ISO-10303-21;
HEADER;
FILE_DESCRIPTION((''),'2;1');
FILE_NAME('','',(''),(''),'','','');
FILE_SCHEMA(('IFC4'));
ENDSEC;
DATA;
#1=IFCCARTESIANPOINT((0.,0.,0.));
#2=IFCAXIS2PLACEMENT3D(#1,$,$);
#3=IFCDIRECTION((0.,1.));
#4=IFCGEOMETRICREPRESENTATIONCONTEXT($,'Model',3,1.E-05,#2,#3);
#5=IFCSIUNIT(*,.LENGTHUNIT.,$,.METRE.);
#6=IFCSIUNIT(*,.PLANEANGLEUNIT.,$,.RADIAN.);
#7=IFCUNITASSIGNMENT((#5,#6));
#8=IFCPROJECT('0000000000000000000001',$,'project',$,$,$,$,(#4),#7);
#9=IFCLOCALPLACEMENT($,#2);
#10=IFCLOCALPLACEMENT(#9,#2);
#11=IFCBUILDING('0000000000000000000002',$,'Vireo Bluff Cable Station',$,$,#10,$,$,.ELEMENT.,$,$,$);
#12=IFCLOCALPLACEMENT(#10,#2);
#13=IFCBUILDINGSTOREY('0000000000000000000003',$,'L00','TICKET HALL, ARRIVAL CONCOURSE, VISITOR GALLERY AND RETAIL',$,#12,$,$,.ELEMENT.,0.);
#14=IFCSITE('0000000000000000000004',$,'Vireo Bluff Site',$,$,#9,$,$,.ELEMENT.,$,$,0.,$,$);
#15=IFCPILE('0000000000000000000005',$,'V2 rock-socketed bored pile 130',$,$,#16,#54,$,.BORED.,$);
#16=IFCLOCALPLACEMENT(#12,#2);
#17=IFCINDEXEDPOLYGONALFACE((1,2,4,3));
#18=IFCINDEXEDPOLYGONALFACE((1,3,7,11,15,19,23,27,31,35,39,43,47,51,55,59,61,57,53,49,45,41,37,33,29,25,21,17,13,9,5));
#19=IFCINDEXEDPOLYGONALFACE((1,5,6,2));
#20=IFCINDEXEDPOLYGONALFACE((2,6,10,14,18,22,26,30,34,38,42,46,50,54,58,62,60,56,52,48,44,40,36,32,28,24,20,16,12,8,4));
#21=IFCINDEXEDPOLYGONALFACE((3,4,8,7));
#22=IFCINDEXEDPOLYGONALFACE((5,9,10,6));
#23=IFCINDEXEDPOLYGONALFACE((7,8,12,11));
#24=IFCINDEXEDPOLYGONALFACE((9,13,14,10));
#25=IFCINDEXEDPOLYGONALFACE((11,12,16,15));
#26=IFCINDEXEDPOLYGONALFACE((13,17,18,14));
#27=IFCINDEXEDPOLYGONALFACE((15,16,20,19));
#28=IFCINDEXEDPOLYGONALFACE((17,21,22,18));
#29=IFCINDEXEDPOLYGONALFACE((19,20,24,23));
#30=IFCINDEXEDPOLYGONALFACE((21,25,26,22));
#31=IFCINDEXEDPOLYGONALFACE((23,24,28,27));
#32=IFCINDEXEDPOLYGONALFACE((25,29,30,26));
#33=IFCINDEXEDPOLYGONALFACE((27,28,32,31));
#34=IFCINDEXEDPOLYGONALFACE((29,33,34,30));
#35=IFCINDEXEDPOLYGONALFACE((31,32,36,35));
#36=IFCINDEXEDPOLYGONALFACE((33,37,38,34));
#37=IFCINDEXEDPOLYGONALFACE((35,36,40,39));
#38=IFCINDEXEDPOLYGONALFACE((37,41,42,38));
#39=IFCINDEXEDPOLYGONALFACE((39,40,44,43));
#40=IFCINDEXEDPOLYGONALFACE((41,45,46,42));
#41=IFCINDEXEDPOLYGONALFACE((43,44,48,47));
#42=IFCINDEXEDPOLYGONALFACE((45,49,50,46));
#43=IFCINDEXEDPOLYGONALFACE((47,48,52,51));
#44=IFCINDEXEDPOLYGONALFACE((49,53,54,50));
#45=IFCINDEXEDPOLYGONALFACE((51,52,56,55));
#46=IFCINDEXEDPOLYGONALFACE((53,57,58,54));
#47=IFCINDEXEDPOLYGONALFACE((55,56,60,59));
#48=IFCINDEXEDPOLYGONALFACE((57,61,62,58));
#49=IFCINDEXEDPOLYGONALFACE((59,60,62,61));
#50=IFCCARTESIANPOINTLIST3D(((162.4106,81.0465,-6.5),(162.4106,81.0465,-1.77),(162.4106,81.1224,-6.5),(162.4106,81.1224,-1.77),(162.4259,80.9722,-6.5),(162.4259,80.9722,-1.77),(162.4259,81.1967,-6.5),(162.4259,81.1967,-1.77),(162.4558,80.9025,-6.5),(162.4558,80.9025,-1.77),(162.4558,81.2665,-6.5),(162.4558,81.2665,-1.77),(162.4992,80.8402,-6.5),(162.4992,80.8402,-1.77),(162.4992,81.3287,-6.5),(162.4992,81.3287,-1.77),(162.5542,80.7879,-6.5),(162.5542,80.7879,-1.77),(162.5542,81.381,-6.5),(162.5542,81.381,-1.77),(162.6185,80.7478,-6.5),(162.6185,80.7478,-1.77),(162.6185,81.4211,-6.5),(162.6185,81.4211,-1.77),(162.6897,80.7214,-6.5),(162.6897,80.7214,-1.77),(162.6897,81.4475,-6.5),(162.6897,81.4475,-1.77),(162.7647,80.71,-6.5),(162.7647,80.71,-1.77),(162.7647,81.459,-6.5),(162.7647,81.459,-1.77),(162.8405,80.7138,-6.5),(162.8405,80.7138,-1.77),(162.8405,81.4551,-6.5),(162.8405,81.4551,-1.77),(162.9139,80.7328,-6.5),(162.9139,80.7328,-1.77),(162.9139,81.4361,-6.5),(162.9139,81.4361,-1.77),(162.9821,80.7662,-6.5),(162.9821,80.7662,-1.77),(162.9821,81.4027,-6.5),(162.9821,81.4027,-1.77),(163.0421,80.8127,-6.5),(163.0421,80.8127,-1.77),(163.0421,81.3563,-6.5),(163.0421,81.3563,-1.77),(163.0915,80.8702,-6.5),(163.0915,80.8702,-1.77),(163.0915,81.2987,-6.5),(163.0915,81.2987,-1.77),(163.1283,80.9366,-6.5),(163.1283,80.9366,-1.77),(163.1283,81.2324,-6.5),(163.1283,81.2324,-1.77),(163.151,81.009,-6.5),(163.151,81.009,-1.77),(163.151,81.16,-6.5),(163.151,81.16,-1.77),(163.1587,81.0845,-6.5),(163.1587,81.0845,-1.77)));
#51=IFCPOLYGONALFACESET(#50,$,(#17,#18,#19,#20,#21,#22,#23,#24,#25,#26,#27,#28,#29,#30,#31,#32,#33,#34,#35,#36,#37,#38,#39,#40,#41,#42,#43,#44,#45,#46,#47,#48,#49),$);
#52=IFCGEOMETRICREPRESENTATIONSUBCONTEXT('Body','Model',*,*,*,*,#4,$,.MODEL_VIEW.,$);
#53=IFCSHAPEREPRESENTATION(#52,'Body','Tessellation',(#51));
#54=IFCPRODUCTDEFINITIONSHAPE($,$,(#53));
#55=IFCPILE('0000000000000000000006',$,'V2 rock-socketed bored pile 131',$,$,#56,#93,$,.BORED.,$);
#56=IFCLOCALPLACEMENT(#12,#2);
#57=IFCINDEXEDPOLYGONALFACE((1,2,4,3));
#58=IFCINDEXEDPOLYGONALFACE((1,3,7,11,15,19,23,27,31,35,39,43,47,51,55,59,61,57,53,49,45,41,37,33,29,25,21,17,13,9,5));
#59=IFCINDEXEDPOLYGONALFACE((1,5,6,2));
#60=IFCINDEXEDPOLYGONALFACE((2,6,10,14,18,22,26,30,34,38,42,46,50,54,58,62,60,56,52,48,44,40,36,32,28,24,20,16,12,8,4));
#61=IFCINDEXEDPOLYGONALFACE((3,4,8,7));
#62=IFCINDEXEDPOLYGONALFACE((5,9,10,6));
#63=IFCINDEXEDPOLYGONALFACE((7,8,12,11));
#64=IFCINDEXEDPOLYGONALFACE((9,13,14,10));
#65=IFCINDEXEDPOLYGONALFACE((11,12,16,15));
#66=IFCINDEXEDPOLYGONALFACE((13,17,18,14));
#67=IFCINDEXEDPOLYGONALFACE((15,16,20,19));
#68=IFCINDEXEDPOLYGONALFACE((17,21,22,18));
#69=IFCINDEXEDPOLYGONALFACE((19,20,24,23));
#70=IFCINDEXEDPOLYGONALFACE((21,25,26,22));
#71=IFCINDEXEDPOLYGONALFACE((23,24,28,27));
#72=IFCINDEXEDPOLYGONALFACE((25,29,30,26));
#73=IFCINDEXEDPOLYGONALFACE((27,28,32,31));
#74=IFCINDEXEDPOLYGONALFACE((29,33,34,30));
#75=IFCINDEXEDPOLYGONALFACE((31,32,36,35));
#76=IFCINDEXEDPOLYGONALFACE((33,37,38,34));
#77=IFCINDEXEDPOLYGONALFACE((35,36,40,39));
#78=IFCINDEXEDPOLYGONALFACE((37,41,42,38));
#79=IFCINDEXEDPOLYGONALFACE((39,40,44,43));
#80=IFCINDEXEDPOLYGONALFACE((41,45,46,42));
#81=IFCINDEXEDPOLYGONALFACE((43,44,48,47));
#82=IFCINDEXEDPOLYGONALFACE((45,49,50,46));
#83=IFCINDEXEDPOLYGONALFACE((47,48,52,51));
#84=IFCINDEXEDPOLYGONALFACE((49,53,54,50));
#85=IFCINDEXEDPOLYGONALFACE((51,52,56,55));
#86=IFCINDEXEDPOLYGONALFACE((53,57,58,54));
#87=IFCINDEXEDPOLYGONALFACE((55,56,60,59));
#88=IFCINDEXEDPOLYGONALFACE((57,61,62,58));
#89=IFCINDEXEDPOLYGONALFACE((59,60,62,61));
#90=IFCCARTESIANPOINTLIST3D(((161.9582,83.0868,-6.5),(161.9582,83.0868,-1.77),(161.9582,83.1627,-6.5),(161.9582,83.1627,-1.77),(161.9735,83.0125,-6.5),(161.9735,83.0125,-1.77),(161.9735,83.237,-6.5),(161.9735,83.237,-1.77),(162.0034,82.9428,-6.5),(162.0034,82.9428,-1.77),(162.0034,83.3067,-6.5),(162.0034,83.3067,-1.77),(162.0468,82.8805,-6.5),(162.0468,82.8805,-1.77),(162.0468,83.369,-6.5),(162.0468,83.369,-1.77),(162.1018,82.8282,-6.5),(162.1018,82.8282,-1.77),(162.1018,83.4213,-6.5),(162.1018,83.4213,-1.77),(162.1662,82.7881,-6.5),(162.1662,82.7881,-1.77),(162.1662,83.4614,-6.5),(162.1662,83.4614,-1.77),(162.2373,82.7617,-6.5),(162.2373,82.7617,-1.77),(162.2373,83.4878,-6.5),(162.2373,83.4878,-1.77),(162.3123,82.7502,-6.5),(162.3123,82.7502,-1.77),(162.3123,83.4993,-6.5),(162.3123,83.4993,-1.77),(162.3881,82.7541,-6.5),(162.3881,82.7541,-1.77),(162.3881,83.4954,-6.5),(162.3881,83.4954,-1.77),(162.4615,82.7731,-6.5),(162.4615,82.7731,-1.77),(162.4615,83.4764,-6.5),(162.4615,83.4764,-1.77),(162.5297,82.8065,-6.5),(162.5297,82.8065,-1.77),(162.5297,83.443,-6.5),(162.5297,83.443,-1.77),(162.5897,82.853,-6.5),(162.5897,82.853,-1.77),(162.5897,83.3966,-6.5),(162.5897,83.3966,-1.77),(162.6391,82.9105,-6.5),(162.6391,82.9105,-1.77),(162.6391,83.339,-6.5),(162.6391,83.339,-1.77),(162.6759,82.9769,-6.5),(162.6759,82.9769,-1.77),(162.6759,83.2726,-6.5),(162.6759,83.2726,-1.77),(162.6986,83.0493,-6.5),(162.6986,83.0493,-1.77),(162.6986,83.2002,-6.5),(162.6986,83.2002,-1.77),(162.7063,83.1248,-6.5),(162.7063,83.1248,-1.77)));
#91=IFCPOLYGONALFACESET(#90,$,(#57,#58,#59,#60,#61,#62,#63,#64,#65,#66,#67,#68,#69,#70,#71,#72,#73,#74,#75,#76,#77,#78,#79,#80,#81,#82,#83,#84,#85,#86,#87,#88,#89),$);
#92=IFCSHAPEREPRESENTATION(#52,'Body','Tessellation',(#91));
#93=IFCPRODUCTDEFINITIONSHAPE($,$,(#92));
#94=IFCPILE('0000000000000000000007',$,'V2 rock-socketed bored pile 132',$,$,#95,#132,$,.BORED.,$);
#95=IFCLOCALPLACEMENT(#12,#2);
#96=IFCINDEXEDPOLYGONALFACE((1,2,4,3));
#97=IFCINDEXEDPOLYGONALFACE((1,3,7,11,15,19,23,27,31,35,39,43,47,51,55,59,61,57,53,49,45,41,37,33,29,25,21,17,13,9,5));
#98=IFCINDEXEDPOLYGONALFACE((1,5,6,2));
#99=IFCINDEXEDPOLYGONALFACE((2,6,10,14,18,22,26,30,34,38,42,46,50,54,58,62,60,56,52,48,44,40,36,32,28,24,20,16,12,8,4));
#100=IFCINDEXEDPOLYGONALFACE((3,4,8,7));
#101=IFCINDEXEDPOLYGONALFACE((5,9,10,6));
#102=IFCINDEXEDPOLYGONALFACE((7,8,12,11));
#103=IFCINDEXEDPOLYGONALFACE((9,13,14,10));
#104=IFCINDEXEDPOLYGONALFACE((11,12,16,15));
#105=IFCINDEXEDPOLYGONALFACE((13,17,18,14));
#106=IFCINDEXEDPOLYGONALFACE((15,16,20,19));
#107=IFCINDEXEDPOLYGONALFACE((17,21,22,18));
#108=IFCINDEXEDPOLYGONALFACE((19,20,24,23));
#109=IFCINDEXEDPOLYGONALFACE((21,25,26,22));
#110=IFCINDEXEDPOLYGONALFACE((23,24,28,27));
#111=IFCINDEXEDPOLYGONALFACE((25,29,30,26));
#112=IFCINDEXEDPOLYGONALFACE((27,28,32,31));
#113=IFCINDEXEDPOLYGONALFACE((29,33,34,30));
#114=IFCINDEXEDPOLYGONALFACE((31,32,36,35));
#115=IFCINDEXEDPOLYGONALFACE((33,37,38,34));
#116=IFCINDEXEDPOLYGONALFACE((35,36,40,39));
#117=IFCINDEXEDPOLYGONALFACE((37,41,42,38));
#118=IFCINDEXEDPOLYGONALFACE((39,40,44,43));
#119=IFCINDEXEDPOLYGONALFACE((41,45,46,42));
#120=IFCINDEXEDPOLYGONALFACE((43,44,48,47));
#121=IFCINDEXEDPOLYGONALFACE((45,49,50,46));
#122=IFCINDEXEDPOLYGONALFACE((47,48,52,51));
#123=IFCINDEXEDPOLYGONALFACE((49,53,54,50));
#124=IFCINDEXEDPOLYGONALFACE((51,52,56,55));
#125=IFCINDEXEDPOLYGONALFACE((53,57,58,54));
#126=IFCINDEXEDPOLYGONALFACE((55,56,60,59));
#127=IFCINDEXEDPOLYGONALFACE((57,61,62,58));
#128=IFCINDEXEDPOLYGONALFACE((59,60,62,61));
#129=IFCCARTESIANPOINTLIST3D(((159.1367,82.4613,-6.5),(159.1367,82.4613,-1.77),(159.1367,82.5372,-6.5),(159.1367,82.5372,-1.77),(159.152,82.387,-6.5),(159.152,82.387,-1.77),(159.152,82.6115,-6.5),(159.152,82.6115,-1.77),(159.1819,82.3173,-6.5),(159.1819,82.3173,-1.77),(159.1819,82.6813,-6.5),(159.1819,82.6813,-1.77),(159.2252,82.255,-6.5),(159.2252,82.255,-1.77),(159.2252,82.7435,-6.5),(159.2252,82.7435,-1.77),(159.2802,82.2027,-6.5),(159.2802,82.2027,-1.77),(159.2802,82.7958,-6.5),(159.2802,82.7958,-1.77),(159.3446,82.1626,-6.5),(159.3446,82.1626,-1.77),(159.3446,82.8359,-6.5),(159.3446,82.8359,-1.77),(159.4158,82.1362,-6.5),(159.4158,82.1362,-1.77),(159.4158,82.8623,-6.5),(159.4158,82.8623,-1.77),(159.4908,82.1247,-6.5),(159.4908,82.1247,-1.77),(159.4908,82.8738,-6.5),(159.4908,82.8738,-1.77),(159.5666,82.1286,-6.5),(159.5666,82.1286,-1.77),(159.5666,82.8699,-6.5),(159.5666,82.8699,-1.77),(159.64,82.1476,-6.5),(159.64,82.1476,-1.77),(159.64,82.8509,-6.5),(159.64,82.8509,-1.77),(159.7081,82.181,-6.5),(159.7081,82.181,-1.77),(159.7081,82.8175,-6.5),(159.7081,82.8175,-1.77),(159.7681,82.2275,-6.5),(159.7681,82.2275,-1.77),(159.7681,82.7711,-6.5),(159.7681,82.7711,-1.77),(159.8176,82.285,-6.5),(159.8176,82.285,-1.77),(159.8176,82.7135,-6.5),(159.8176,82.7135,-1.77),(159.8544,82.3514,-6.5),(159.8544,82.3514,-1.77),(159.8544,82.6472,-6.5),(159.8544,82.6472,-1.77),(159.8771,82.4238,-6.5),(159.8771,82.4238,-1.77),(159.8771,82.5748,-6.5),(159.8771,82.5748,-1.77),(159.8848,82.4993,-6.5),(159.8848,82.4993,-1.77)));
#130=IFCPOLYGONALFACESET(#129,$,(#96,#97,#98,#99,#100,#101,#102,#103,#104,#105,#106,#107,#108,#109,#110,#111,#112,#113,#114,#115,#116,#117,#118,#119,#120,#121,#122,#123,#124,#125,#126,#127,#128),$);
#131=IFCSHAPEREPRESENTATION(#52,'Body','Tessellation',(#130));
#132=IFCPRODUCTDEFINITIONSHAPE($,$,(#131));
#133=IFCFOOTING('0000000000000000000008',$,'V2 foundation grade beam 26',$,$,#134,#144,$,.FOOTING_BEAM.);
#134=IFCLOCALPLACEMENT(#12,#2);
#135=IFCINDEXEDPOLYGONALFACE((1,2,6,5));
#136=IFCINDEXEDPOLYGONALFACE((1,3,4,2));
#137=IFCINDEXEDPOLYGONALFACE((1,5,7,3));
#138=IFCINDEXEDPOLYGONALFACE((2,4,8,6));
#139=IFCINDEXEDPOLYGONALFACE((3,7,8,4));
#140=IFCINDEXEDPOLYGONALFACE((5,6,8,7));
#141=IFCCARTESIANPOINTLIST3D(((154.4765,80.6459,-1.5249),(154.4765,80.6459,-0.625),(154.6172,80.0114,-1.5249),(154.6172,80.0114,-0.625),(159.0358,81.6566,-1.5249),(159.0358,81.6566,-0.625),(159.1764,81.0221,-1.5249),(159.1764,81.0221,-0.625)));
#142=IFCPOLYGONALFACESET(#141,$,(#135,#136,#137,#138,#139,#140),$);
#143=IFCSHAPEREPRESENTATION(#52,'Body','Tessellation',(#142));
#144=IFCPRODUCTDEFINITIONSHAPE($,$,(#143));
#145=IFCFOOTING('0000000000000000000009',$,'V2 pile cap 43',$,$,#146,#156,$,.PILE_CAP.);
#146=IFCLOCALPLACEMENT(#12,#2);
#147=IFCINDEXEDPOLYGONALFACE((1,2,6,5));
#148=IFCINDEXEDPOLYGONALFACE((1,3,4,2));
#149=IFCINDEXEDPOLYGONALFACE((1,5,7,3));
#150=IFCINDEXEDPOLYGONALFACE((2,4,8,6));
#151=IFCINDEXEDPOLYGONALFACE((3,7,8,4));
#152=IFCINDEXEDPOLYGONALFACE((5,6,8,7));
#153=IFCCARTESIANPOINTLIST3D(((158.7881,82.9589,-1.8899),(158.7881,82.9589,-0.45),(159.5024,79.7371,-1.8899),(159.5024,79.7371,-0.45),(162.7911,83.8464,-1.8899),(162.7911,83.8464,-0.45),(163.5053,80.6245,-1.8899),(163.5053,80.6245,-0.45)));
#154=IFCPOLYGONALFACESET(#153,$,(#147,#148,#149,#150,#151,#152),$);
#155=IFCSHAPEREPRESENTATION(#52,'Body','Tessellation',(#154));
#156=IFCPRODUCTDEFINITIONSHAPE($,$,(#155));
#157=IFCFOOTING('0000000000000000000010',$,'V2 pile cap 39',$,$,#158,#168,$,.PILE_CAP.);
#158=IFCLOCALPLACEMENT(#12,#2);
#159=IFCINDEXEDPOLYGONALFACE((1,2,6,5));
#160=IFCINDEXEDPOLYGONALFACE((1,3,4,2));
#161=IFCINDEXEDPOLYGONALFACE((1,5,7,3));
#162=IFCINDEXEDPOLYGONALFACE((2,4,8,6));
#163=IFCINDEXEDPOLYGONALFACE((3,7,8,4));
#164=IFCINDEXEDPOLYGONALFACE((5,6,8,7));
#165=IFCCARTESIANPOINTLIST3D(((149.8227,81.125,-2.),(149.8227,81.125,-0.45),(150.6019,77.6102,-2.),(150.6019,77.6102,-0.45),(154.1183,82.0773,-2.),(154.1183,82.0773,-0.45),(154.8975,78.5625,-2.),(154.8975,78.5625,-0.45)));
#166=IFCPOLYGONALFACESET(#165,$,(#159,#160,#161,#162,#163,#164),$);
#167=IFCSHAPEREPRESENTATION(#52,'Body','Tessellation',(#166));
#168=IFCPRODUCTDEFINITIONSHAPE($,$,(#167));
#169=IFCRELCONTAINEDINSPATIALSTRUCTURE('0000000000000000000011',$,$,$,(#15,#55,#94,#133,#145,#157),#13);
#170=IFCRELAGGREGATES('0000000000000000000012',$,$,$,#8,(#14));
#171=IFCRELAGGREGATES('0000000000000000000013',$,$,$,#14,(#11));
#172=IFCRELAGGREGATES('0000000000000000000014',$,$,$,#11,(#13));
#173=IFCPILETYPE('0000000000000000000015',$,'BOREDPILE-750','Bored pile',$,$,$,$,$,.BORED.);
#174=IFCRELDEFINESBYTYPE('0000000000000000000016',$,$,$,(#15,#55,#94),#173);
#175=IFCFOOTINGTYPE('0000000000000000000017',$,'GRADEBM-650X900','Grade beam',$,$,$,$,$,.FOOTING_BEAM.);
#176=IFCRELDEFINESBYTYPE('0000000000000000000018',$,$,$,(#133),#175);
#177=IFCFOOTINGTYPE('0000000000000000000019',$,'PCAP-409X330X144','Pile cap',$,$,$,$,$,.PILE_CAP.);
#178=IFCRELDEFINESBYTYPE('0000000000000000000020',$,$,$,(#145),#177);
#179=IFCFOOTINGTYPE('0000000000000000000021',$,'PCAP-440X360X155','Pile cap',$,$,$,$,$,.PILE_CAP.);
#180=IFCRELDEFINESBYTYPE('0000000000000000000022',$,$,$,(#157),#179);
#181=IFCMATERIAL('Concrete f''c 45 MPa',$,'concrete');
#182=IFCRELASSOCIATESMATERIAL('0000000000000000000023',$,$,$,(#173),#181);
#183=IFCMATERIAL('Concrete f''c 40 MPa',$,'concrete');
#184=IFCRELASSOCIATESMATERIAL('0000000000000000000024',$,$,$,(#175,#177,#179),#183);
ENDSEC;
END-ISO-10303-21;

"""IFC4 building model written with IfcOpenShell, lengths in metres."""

from ifc_helpers import new_model, si_unit, direction, frame, origin, origin_2d, place, context, subcontext, project, spatial, rectangle, circle, extrude, material, material_profile, profile_set, type_object, element, save


model = new_model("IFC4")

# Units and contexts
model_context = context("Model", 3, precision=1e-05, world=origin(), true_north=direction((0.0, 1.0)))
body_context = subcontext(model_context, "Body", "Model", "MODEL_VIEW")
ifc_project = project(units=[si_unit("LENGTHUNIT", "METRE"), si_unit("PLANEANGLEUNIT", "RADIAN")], contexts=[model_context])

# Site, building, storey
site_placement = place(None, origin())
site = spatial("IfcSite", under=ifc_project, at=site_placement, Name="Vireo Bluff Site", CompositionType="ELEMENT", RefElevation=0.0)
building_placement = place(site_placement, origin())
building = spatial("IfcBuilding", under=site, at=building_placement, Name="Vireo Bluff Cable Station", CompositionType="ELEMENT")
storey_placement = place(building_placement, origin())
storey = spatial("IfcBuildingStorey", under=building, at=storey_placement, Name="L00", Description="TICKET HALL, ARRIVAL CONCOURSE, VISITOR GALLERY AND RETAIL", CompositionType="ELEMENT", Elevation=0.0)

# Piles
ifc_material_1 = material(Name="Concrete f'c 45 MPa", Category="concrete")
ifc_material_profile_1 = material_profile(ifc_material_1, circle(Radius=0.375, at=origin_2d()), Name="BOREDPILE-750")
ifc_profile_set_1 = profile_set([ifc_material_profile_1], Name="Concrete f'c 45 MPa")
pile_type = type_object("IfcPileType", Name="BOREDPILE-750", Description="Bored pile", PredefinedType="BORED", material=ifc_profile_set_1)
for number, where, z_axis, x_axis, name in (
    (1, (162.7837, 81.0845, -1.77), (0.0, 0.0, -1.0), (1.0, 0.0, 0.0), "V2 rock-socketed bored pile 130"),
    (2, (162.3313, 83.1248, -1.77), (0.0, 0.0, -1.0), (1.0, 0.0, 0.0), "V2 rock-socketed bored pile 131"),
    (3, (159.5098, 82.4993, -1.77), (0.0, 0.0, -1.0), (1.0, 0.0, 0.0), "V2 rock-socketed bored pile 132"),
):
    element("IfcPile", number, at=place(storey_placement, frame(where, z_axis=z_axis, x_axis=x_axis)), inside=storey, type_object=pile_type, Name=name, PredefinedType="BORED", context=body_context, shape_type="SweptSolid", body=[
        extrude(circle(Radius=0.375, at=origin_2d()), origin(), (0.0, 0.0, 1.0), 4.73),
    ])

# Footings
ifc_material_2 = material(Name="Concrete f'c 40 MPa", Category="concrete")
ifc_material_profile_2 = material_profile(ifc_material_2, rectangle(XDim=0.6499, YDim=0.8999, at=origin_2d()), Name="GRADEBM-650X900")
ifc_profile_set_2 = profile_set([ifc_material_profile_2], Name="Concrete f'c 40 MPa")
footing_type_1 = type_object("IfcFootingType", Name="GRADEBM-650X900", Description="Grade beam", PredefinedType="FOOTING_BEAM", material=ifc_profile_set_2)
footing_1_placement = place(storey_placement, frame((154.5469, 80.3286, -1.075), z_axis=(0.976298, 0.216432, 0.0), x_axis=(-0.216432, 0.976298, 0.0)))
element("IfcFooting", 4, at=footing_1_placement, inside=storey, type_object=footing_type_1, Name="V2 foundation grade beam 26", PredefinedType="FOOTING_BEAM", context=body_context, shape_type="SweptSolid", body=[
    extrude(rectangle(XDim=0.6499, YDim=0.8999, at=origin_2d()), origin(), (0.0, 0.0, 1.0), 4.6699),
])
footing_type_2 = type_object("IfcFootingType", Name="PCAP-409X330X144", Description="Pile cap", PredefinedType="PILE_CAP", material=ifc_material_2)
footing_2_placement = place(storey_placement, frame((161.1467, 81.7917, -1.8899), z_axis=(0.0, 0.0, 1.0), x_axis=(0.976296, 0.21644, 0.0)))
element("IfcFooting", 5, at=footing_2_placement, inside=storey, type_object=footing_type_2, Name="V2 pile cap 43", PredefinedType="PILE_CAP", context=body_context, shape_type="SweptSolid", body=[
    extrude(rectangle(XDim=4.1001, YDim=3.3, at=origin_2d()), origin(), (0.0, 0.0, 1.0), 1.4399),
])
footing_type_3 = type_object("IfcFootingType", Name="PCAP-440X360X155", Description="Pile cap", PredefinedType="PILE_CAP", material=ifc_material_2)
footing_3_placement = place(storey_placement, frame((152.3601, 79.8438, -2.0), z_axis=(0.0, 0.0, 1.0), x_axis=(0.976296, 0.21644, 0.0)))
element("IfcFooting", 6, at=footing_3_placement, inside=storey, type_object=footing_type_3, Name="V2 pile cap 39", PredefinedType="PILE_CAP", context=body_context, shape_type="SweptSolid", body=[
    extrude(rectangle(XDim=4.3999, YDim=3.6001, at=origin_2d()), origin(), (0.0, 0.0, 1.0), 1.55),
])

save(model, "model.ifc")
